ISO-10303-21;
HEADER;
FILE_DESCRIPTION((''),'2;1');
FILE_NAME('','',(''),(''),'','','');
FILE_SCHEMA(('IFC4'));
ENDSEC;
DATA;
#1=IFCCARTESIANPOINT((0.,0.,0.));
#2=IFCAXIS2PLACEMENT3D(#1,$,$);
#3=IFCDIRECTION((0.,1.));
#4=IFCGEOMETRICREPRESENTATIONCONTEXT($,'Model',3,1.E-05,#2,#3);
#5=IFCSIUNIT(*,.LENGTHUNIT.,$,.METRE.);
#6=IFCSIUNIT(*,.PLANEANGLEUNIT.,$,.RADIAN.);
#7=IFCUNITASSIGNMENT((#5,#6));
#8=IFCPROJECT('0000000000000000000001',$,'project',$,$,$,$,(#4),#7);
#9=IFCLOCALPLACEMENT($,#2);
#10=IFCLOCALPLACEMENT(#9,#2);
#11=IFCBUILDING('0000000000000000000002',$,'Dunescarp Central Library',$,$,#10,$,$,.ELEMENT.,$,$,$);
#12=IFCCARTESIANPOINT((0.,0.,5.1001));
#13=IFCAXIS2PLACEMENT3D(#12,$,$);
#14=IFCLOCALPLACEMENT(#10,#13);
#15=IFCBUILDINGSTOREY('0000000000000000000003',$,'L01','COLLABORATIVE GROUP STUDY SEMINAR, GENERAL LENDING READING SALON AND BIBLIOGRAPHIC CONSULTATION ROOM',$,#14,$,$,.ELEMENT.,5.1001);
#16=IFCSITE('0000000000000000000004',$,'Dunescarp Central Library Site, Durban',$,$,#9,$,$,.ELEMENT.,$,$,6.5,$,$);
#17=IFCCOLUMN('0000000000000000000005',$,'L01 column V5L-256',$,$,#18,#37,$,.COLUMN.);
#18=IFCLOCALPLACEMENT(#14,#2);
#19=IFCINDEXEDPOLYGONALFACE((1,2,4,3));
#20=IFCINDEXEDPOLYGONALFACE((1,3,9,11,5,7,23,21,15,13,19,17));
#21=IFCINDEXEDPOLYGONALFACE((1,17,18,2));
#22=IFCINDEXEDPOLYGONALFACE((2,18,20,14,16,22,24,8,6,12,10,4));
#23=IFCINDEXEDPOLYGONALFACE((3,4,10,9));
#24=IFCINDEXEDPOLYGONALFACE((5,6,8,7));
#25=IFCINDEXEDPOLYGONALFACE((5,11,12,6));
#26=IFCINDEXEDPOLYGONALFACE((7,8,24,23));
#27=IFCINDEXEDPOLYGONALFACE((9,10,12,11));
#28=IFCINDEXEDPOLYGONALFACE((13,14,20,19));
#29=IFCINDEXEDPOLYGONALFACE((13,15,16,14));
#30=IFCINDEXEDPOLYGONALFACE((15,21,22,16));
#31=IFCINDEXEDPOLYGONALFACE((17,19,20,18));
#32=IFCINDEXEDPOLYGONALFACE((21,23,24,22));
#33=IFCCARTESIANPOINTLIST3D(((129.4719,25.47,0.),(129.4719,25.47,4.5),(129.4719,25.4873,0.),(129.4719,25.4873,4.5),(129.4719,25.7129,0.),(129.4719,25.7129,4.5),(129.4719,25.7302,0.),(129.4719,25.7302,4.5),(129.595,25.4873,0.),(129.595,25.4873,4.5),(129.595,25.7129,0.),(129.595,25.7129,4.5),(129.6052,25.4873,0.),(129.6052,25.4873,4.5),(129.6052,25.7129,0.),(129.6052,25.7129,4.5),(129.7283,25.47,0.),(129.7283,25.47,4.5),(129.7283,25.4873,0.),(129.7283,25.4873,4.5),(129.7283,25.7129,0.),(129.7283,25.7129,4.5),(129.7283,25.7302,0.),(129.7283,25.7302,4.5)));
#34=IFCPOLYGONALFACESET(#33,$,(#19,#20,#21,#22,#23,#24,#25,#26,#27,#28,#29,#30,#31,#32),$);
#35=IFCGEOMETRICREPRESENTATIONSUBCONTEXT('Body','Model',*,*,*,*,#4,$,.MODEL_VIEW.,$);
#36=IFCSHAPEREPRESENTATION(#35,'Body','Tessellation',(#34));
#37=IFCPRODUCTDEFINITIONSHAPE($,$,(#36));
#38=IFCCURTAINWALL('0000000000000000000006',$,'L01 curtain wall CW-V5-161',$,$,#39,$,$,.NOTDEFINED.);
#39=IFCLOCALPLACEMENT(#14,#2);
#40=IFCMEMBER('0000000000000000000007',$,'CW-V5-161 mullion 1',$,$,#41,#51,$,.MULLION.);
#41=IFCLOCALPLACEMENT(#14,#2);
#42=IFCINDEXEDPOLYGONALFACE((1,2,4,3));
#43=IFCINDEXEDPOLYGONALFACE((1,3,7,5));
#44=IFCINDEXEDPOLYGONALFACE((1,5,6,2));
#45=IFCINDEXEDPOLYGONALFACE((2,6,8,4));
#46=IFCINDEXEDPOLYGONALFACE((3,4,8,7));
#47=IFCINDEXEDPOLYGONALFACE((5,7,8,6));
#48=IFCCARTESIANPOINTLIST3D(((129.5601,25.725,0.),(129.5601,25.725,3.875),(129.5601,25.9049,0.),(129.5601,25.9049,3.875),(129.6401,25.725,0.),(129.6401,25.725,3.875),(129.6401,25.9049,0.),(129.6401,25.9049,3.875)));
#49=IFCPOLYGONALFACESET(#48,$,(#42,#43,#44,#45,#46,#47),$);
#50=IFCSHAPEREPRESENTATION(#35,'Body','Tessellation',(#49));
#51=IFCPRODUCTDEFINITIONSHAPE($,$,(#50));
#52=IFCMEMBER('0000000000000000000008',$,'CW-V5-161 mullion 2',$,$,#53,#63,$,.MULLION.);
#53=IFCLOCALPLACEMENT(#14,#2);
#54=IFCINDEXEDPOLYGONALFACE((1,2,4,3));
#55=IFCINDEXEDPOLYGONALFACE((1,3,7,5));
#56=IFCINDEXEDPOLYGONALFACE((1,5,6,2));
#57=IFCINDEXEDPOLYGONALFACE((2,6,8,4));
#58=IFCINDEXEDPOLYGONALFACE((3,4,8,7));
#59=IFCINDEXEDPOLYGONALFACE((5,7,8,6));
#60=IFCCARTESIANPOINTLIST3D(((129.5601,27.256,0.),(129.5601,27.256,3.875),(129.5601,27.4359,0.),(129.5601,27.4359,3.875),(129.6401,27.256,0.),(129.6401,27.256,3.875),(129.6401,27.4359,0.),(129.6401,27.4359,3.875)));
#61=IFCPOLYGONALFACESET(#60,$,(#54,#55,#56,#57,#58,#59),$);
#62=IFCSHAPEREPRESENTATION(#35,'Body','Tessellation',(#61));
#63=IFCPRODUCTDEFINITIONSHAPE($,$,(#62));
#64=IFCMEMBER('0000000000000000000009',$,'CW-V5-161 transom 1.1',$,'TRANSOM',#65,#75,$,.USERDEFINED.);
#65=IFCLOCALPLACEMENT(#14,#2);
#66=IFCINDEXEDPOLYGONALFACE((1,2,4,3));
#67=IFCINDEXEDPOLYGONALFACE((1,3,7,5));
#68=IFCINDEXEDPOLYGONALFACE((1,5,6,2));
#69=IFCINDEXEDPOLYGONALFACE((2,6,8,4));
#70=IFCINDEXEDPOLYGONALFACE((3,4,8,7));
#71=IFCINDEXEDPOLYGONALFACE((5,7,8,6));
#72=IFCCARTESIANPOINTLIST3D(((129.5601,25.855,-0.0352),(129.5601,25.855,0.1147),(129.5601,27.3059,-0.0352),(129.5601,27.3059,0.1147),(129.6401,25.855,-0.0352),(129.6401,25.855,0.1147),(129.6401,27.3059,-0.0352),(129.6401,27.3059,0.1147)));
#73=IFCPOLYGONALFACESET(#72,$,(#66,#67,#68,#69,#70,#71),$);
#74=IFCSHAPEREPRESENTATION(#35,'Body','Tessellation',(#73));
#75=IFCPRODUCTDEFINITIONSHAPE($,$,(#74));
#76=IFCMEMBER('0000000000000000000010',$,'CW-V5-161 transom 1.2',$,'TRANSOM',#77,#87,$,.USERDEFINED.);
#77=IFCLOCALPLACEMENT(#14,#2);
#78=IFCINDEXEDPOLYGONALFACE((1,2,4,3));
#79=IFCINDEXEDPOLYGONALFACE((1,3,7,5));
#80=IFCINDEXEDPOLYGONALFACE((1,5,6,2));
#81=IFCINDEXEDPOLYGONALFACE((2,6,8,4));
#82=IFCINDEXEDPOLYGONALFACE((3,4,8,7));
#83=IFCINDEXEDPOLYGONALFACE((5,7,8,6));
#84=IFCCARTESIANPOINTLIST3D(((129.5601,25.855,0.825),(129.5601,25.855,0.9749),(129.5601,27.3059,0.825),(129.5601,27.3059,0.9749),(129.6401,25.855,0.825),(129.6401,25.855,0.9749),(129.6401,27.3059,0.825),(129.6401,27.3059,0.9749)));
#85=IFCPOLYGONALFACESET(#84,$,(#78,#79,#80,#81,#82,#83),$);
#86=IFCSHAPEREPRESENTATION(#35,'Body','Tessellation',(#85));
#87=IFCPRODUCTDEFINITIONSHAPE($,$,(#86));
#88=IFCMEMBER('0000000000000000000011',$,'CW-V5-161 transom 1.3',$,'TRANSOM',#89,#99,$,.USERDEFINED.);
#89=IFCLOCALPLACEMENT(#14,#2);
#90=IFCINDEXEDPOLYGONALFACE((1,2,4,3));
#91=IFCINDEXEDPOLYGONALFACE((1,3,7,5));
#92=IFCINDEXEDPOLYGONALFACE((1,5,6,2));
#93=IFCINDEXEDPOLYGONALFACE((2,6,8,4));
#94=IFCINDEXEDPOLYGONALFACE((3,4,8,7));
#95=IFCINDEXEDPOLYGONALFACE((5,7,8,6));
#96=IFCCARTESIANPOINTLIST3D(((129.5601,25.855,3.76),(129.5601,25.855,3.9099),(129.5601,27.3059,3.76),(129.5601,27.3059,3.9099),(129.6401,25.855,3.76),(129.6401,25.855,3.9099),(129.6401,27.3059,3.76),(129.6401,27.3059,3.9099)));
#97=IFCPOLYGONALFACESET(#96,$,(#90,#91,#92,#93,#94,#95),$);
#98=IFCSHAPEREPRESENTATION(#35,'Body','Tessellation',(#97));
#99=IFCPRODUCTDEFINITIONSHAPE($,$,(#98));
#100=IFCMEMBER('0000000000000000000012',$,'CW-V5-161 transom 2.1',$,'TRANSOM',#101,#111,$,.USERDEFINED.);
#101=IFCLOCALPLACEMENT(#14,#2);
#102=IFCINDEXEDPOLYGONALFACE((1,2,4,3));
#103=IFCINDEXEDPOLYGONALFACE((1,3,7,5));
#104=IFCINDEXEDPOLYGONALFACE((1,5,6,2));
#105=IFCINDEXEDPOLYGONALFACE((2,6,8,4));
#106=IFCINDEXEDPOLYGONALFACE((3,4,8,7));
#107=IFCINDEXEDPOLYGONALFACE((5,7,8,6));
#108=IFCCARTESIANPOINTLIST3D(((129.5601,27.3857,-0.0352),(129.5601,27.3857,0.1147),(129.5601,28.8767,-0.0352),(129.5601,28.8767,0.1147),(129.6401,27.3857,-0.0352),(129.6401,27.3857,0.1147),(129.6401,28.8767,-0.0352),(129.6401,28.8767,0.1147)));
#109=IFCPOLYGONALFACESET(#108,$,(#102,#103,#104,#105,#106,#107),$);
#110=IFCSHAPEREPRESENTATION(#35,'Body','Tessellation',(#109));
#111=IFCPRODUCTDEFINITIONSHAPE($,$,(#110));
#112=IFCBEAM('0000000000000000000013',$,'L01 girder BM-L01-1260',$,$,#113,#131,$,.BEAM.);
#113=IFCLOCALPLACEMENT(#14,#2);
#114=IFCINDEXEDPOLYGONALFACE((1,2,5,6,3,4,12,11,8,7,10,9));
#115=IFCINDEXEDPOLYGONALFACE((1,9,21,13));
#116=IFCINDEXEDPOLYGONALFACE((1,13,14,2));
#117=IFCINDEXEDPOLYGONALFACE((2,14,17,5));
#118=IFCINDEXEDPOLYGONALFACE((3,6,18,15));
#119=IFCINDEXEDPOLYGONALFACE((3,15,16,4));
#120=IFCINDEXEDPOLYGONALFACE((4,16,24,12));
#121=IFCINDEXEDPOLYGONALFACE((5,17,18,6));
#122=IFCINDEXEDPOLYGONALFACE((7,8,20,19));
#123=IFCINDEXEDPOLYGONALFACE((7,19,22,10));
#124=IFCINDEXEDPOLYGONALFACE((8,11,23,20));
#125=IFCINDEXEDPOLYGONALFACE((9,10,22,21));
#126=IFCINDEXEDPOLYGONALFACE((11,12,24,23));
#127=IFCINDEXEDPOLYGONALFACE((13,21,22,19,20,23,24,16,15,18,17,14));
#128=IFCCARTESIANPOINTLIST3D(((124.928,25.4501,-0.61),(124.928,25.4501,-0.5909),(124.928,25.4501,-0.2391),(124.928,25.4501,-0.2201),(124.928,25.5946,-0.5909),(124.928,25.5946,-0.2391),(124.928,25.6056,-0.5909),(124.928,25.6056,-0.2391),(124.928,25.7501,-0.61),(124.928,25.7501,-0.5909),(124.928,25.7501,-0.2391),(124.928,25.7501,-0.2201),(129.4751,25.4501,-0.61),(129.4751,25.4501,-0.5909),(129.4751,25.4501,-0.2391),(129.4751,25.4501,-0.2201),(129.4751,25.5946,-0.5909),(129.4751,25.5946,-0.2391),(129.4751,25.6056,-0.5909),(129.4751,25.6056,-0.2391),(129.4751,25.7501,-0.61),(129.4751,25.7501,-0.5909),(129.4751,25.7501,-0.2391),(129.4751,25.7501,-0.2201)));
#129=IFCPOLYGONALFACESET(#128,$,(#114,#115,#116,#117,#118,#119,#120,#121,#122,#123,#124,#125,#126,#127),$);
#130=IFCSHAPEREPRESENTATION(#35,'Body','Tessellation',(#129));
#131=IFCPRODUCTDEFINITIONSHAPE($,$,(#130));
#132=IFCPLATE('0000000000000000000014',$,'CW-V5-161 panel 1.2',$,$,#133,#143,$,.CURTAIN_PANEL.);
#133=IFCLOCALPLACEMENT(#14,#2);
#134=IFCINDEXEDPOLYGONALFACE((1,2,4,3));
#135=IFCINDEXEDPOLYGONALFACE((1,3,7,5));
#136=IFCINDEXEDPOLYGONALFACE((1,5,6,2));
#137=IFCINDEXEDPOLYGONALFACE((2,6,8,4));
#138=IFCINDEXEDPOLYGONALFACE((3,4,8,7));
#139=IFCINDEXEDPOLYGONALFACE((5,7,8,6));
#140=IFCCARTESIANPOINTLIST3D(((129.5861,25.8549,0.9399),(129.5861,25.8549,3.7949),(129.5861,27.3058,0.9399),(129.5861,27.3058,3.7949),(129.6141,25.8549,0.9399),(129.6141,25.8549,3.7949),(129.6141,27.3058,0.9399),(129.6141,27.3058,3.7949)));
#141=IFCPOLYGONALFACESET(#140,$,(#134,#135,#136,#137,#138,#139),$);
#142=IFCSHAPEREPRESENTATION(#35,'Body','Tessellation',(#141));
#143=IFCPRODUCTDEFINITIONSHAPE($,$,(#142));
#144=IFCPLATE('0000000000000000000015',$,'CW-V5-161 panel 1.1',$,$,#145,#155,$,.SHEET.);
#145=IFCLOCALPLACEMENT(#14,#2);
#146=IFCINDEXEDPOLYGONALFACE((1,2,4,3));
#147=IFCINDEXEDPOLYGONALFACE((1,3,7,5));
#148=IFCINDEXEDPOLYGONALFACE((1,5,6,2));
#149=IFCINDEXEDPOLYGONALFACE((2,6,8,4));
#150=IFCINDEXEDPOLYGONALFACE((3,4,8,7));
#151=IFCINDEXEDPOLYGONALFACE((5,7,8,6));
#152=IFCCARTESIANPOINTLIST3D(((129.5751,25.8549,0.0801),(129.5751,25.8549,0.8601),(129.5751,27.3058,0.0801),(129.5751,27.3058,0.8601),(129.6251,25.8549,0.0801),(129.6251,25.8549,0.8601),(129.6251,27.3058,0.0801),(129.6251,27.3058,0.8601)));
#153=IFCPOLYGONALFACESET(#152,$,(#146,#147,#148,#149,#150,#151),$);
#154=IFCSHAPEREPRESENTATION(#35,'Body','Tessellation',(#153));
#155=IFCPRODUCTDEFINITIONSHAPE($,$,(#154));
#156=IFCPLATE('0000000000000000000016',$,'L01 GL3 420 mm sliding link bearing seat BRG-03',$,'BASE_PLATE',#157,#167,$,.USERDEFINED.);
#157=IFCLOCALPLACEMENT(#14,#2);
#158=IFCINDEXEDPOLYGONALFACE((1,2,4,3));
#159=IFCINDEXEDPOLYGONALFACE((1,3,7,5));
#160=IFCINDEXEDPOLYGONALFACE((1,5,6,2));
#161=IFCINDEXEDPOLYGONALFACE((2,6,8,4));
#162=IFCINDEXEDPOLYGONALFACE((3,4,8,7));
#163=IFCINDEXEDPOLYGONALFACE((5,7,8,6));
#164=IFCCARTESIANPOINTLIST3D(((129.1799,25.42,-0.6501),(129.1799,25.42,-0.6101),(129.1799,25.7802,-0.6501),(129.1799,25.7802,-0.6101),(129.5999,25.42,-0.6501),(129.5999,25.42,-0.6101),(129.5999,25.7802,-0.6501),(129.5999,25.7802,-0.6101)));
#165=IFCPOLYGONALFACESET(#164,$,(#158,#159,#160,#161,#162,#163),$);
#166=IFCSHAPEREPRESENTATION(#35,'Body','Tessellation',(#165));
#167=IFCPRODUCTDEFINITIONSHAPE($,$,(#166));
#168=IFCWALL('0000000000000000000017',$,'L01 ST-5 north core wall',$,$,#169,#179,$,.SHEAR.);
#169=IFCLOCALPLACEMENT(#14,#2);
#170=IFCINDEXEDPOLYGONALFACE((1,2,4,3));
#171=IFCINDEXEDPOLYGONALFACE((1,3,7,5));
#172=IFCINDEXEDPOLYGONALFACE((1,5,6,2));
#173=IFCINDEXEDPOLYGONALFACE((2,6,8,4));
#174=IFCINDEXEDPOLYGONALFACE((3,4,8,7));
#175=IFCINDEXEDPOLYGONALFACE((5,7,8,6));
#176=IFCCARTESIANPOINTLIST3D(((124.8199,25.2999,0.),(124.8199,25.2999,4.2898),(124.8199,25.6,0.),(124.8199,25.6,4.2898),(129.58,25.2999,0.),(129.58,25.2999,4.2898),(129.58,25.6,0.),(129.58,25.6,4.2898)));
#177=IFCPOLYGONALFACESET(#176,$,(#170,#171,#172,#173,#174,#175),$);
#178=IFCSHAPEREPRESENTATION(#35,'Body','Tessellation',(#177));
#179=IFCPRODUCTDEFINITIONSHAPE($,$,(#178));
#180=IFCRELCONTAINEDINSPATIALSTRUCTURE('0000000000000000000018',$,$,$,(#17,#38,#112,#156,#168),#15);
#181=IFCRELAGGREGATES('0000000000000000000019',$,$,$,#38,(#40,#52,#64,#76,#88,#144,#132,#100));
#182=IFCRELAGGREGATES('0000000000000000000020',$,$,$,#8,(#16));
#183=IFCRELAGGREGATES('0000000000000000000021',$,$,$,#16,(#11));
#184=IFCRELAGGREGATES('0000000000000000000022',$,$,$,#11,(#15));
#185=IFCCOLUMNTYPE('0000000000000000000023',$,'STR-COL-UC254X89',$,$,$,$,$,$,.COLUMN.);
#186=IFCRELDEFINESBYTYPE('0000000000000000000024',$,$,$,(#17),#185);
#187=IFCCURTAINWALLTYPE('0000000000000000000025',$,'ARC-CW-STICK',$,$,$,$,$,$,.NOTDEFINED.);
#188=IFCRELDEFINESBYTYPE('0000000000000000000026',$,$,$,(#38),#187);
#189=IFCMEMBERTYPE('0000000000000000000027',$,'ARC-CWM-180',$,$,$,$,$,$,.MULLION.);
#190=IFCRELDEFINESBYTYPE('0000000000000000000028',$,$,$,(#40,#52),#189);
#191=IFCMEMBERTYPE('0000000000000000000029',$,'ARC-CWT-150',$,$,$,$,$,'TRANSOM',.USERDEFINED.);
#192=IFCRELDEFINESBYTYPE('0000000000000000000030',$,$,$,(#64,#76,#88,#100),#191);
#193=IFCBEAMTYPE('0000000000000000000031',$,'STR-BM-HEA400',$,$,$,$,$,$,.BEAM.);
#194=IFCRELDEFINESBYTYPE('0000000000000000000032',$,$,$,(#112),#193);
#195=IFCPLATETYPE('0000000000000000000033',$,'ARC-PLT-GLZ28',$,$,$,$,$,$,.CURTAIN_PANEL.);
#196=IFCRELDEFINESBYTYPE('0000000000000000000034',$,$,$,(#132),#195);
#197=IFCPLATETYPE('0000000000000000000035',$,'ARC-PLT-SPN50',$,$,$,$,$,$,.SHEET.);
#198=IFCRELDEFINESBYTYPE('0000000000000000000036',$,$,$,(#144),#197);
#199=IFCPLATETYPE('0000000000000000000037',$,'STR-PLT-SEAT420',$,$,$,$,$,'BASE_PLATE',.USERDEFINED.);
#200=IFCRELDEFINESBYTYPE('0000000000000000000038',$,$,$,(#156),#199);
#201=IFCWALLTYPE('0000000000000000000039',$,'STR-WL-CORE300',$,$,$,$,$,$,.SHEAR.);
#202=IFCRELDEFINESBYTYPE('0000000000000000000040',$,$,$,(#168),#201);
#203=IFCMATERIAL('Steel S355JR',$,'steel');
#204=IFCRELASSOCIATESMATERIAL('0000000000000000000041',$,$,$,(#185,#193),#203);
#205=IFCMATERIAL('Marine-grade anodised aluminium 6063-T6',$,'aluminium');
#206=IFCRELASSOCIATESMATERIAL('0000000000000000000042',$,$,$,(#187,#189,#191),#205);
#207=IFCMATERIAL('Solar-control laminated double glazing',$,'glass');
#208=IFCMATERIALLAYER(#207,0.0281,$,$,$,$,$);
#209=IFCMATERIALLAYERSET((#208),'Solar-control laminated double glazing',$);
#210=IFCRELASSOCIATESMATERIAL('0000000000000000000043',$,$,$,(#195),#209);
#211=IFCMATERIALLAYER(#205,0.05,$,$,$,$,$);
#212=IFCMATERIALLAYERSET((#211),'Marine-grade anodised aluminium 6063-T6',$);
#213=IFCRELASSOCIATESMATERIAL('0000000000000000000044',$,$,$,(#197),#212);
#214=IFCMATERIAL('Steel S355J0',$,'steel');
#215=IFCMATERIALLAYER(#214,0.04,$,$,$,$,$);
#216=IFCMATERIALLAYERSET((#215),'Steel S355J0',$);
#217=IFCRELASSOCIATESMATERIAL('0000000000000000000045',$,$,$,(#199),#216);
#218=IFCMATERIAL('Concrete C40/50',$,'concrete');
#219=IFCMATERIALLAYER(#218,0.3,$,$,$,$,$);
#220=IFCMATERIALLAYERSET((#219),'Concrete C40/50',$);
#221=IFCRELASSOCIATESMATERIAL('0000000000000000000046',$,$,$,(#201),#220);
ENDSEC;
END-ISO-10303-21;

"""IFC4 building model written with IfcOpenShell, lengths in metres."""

from ifc_helpers import new_model, si_unit, direction, frame, frame_2d, origin, origin_2d, place, context, subcontext, project, spatial, rectangle, i_section, extrude, material, layer, layer_set, material_profile, profile_set, type_object, element, aggregate, save


model = new_model("IFC4")

# Units and contexts
model_context = context("Model", 3, precision=1e-05, world=origin(), true_north=direction((0.0, 1.0)))
body_context = subcontext(model_context, "Body", "Model", "MODEL_VIEW")
ifc_project = project(units=[si_unit("LENGTHUNIT", "METRE"), si_unit("PLANEANGLEUNIT", "RADIAN")], contexts=[model_context])

# Site, building, storey
site_placement = place(None, origin())
site = spatial("IfcSite", under=ifc_project, at=site_placement, Name="Dunescarp Central Library Site, Durban", CompositionType="ELEMENT", RefElevation=6.5)
building_placement = place(site_placement, origin())
building = spatial("IfcBuilding", under=site, at=building_placement, Name="Dunescarp Central Library", CompositionType="ELEMENT")
storey_placement = place(building_placement, frame((0.0, 0.0, 5.1001)))
storey = spatial("IfcBuildingStorey", under=building, at=storey_placement, Name="L01", Description="COLLABORATIVE GROUP STUDY SEMINAR, GENERAL LENDING READING SALON AND BIBLIOGRAPHIC CONSULTATION ROOM", CompositionType="ELEMENT", Elevation=5.1001)

# Column
ifc_material_1 = material(Name="Steel S355JR", Category="steel")
ifc_material_profile_1 = material_profile(ifc_material_1, i_section(OverallWidth=0.2563, OverallDepth=0.2603, WebThickness=0.0103, FlangeThickness=0.0173, at=origin_2d()), Name="UC 254x254x89")
ifc_profile_set_1 = profile_set([ifc_material_profile_1], Name="Steel S355JR")
column_type = type_object("IfcColumnType", Name="STR-COL-UC254X89", PredefinedType="COLUMN", material=ifc_profile_set_1)
column_placement = place(storey_placement, frame((129.6001, 25.6001, 0.0), z_axis=(0.0, 0.0, 1.0), x_axis=(1.0, 0.0, 0.0)))
element("IfcColumn", 1, at=column_placement, inside=storey, type_object=column_type, Name="L01 column V5L-256", PredefinedType="COLUMN", context=body_context, shape_type="SweptSolid", body=[
    extrude(i_section(OverallWidth=0.2563, OverallDepth=0.2603, WebThickness=0.0103, FlangeThickness=0.0173, at=origin_2d()), origin(), (0.0, 0.0, 1.0), 4.5),
])

# Curtain wall, members
ifc_material_2 = material(Name="Marine-grade anodised aluminium 6063-T6", Category="aluminium")
curtain_wall_type = type_object("IfcCurtainWallType", Name="ARC-CW-STICK", PredefinedType="NOTDEFINED", material=ifc_material_2)
curtain_wall_placement = place(storey_placement, origin())
curtain_wall = element("IfcCurtainWall", 2, at=curtain_wall_placement, inside=storey, type_object=curtain_wall_type, Name="L01 curtain wall CW-V5-161", PredefinedType="NOTDEFINED")
ifc_material_profile_2 = material_profile(ifc_material_2, rectangle(XDim=0.0801, YDim=0.1799, at=origin_2d()), Name="AL 80x180")
ifc_profile_set_2 = profile_set([ifc_material_profile_2], Name="Marine-grade anodised aluminium 6063-T6")
member_type_1 = type_object("IfcMemberType", Name="ARC-CWM-180", PredefinedType="MULLION", material=ifc_profile_set_2)
member_1_placement = place(storey_placement, frame((129.6001, 25.8149, 0.0), z_axis=(0.0, 0.0, 1.0), x_axis=(-1.0, 0.0, 0.0)))
member_1 = element("IfcMember", 3, at=member_1_placement, type_object=member_type_1, Name="CW-V5-161 mullion 1", PredefinedType="MULLION", context=body_context, shape_type="SweptSolid", body=[
    extrude(rectangle(XDim=0.0801, YDim=0.1799, at=origin_2d()), origin(), (0.0, 0.0, 1.0), 3.875),
])
member_2_placement = place(storey_placement, frame((129.6001, 27.3459, 0.0), z_axis=(0.0, 0.0, 1.0), x_axis=(-1.0, 0.0, 0.0)))
member_2 = element("IfcMember", 4, at=member_2_placement, type_object=member_type_1, Name="CW-V5-161 mullion 2", PredefinedType="MULLION", context=body_context, shape_type="SweptSolid", body=[
    extrude(rectangle(XDim=0.0801, YDim=0.1799, at=origin_2d()), origin(), (0.0, 0.0, 1.0), 3.875),
])
ifc_material_profile_3 = material_profile(ifc_material_2, rectangle(XDim=0.0801, YDim=0.1499, at=origin_2d()), Name="AL 80x150")
ifc_profile_set_3 = profile_set([ifc_material_profile_3], Name="Marine-grade anodised aluminium 6063-T6")
member_type_2 = type_object("IfcMemberType", Name="ARC-CWT-150", ElementType="TRANSOM", PredefinedType="USERDEFINED", material=ifc_profile_set_3)
member_3_placement = place(storey_placement, frame((129.6001, 25.855, 0.0398), z_axis=(0.0, 1.0, 0.0), x_axis=(-1.0, 0.0, 0.0)))
member_3 = element("IfcMember", 5, at=member_3_placement, type_object=member_type_2, Name="CW-V5-161 transom 1.1", ObjectType="TRANSOM", PredefinedType="USERDEFINED", context=body_context, shape_type="SweptSolid", body=[
    extrude(rectangle(XDim=0.0801, YDim=0.1499, at=origin_2d()), origin(), (0.0, 0.0, 1.0), 1.4509),
])
member_4_placement = place(storey_placement, frame((129.6001, 25.855, 0.8999), z_axis=(0.0, 1.0, 0.0), x_axis=(-1.0, 0.0, 0.0)))
member_4 = element("IfcMember", 6, at=member_4_placement, type_object=member_type_2, Name="CW-V5-161 transom 1.2", ObjectType="TRANSOM", PredefinedType="USERDEFINED", context=body_context, shape_type="SweptSolid", body=[
    extrude(rectangle(XDim=0.0801, YDim=0.1499, at=origin_2d()), origin(), (0.0, 0.0, 1.0), 1.4509),
])
member_5_placement = place(storey_placement, frame((129.6001, 25.855, 3.835), z_axis=(0.0, 1.0, 0.0), x_axis=(-1.0, 0.0, 0.0)))
member_5 = element("IfcMember", 7, at=member_5_placement, type_object=member_type_2, Name="CW-V5-161 transom 1.3", ObjectType="TRANSOM", PredefinedType="USERDEFINED", context=body_context, shape_type="SweptSolid", body=[
    extrude(rectangle(XDim=0.0801, YDim=0.1499, at=origin_2d()), origin(), (0.0, 0.0, 1.0), 1.4509),
])
member_6_placement = place(storey_placement, frame((129.6001, 27.3857, 0.0398), z_axis=(0.0, 1.0, 0.0), x_axis=(-1.0, 0.0, 0.0)))
member_6 = element("IfcMember", 8, at=member_6_placement, type_object=member_type_2, Name="CW-V5-161 transom 2.1", ObjectType="TRANSOM", PredefinedType="USERDEFINED", context=body_context, shape_type="SweptSolid", body=[
    extrude(rectangle(XDim=0.0801, YDim=0.1499, at=origin_2d()), origin(), (0.0, 0.0, 1.0), 1.491),
])

# Beam
ifc_material_profile_4 = material_profile(ifc_material_1, i_section(OverallWidth=0.3, OverallDepth=0.3899, WebThickness=0.011, FlangeThickness=0.019, at=origin_2d()), Name="HEA 400")
ifc_profile_set_4 = profile_set([ifc_material_profile_4], Name="Steel S355JR")
beam_type = type_object("IfcBeamType", Name="STR-BM-HEA400", PredefinedType="BEAM", material=ifc_profile_set_4)
beam_placement = place(storey_placement, frame((124.928, 25.6001, -0.415), z_axis=(1.0, 0.0, 0.0), x_axis=(0.0, 1.0, 0.0)))
element("IfcBeam", 9, at=beam_placement, inside=storey, type_object=beam_type, Name="L01 girder BM-L01-1260", PredefinedType="BEAM", context=body_context, shape_type="SweptSolid", body=[
    extrude(i_section(OverallWidth=0.3, OverallDepth=0.3899, WebThickness=0.011, FlangeThickness=0.019, at=origin_2d()), origin(), (0.0, 0.0, 1.0), 4.5471),
])

# Plates
ifc_material_3 = material(Name="Solar-control laminated double glazing", Category="glass")
ifc_layer_1 = layer(ifc_material_3, 0.0281)
ifc_layer_set_1 = layer_set([ifc_layer_1], Name="Solar-control laminated double glazing")
plate_type_1 = type_object("IfcPlateType", Name="ARC-PLT-GLZ28", PredefinedType="CURTAIN_PANEL", material=ifc_layer_set_1)
plate_1_placement = place(storey_placement, frame((129.6001, 26.5803, 0.9399), z_axis=(0.0, 0.0, 1.0), x_axis=(0.0, 1.0, 0.0)))
plate_1 = element("IfcPlate", 10, at=plate_1_placement, type_object=plate_type_1, Name="CW-V5-161 panel 1.2", PredefinedType="CURTAIN_PANEL", context=body_context, shape_type="SweptSolid", body=[
    extrude(rectangle(XDim=1.4509, YDim=0.0281, at=origin_2d()), origin(), (0.0, 0.0, 1.0), 2.855),
])
ifc_layer_2 = layer(ifc_material_2, 0.05)
ifc_layer_set_2 = layer_set([ifc_layer_2], Name="Marine-grade anodised aluminium 6063-T6")
plate_type_2 = type_object("IfcPlateType", Name="ARC-PLT-SPN50", PredefinedType="SHEET", material=ifc_layer_set_2)
plate_2_placement = place(storey_placement, frame((129.6001, 26.5803, 0.0801), z_axis=(0.0, 0.0, 1.0), x_axis=(0.0, 1.0, 0.0)))
plate_2 = element("IfcPlate", 11, at=plate_2_placement, type_object=plate_type_2, Name="CW-V5-161 panel 1.1", PredefinedType="SHEET", context=body_context, shape_type="SweptSolid", body=[
    extrude(rectangle(XDim=1.4509, YDim=0.05, at=origin_2d()), origin(), (0.0, 0.0, 1.0), 0.78),
])
aggregate(curtain_wall, [member_1, member_2, member_3, member_4, member_5, plate_2, plate_1, member_6])
ifc_material_4 = material(Name="Steel S355J0", Category="steel")
ifc_layer_3 = layer(ifc_material_4, 0.04)
ifc_layer_set_3 = layer_set([ifc_layer_3], Name="Steel S355J0")
plate_type_3 = type_object("IfcPlateType", Name="STR-PLT-SEAT420", ElementType="BASE_PLATE", PredefinedType="USERDEFINED", material=ifc_layer_set_3)
plate_3_placement = place(storey_placement, frame((129.3899, 25.6001, -0.6501), z_axis=(0.0, 0.0, 1.0), x_axis=(1.0, 0.0, 0.0)))
element("IfcPlate", 12, at=plate_3_placement, inside=storey, type_object=plate_type_3, Name="L01 GL3 420 mm sliding link bearing seat BRG-03", ObjectType="BASE_PLATE", PredefinedType="USERDEFINED", context=body_context, shape_type="SweptSolid", body=[
    extrude(rectangle(XDim=0.4199, YDim=0.3601, at=origin_2d()), origin(), (0.0, 0.0, 1.0), 0.04),
])

# Wall
ifc_material_5 = material(Name="Concrete C40/50", Category="concrete")
ifc_layer_4 = layer(ifc_material_5, 0.3)
ifc_layer_set_4 = layer_set([ifc_layer_4], Name="Concrete C40/50")
wall_type = type_object("IfcWallType", Name="STR-WL-CORE300", PredefinedType="SHEAR", material=ifc_layer_set_4)
wall_placement = place(storey_placement, frame((124.8201, 25.45, 0.0), z_axis=(0.0, 0.0, 1.0), x_axis=(1.0, 0.0, 0.0)))
element("IfcWall", 13, at=wall_placement, inside=storey, type_object=wall_type, Name="L01 ST-5 north core wall", PredefinedType="SHEAR", context=body_context, shape_type="SweptSolid", body=[
    extrude(rectangle(XDim=4.76, YDim=0.3, at=frame_2d((2.3799, 0.0))), origin(), (0.0, 0.0, 1.0), 4.2898),
])

save(model, "model.ifc")
